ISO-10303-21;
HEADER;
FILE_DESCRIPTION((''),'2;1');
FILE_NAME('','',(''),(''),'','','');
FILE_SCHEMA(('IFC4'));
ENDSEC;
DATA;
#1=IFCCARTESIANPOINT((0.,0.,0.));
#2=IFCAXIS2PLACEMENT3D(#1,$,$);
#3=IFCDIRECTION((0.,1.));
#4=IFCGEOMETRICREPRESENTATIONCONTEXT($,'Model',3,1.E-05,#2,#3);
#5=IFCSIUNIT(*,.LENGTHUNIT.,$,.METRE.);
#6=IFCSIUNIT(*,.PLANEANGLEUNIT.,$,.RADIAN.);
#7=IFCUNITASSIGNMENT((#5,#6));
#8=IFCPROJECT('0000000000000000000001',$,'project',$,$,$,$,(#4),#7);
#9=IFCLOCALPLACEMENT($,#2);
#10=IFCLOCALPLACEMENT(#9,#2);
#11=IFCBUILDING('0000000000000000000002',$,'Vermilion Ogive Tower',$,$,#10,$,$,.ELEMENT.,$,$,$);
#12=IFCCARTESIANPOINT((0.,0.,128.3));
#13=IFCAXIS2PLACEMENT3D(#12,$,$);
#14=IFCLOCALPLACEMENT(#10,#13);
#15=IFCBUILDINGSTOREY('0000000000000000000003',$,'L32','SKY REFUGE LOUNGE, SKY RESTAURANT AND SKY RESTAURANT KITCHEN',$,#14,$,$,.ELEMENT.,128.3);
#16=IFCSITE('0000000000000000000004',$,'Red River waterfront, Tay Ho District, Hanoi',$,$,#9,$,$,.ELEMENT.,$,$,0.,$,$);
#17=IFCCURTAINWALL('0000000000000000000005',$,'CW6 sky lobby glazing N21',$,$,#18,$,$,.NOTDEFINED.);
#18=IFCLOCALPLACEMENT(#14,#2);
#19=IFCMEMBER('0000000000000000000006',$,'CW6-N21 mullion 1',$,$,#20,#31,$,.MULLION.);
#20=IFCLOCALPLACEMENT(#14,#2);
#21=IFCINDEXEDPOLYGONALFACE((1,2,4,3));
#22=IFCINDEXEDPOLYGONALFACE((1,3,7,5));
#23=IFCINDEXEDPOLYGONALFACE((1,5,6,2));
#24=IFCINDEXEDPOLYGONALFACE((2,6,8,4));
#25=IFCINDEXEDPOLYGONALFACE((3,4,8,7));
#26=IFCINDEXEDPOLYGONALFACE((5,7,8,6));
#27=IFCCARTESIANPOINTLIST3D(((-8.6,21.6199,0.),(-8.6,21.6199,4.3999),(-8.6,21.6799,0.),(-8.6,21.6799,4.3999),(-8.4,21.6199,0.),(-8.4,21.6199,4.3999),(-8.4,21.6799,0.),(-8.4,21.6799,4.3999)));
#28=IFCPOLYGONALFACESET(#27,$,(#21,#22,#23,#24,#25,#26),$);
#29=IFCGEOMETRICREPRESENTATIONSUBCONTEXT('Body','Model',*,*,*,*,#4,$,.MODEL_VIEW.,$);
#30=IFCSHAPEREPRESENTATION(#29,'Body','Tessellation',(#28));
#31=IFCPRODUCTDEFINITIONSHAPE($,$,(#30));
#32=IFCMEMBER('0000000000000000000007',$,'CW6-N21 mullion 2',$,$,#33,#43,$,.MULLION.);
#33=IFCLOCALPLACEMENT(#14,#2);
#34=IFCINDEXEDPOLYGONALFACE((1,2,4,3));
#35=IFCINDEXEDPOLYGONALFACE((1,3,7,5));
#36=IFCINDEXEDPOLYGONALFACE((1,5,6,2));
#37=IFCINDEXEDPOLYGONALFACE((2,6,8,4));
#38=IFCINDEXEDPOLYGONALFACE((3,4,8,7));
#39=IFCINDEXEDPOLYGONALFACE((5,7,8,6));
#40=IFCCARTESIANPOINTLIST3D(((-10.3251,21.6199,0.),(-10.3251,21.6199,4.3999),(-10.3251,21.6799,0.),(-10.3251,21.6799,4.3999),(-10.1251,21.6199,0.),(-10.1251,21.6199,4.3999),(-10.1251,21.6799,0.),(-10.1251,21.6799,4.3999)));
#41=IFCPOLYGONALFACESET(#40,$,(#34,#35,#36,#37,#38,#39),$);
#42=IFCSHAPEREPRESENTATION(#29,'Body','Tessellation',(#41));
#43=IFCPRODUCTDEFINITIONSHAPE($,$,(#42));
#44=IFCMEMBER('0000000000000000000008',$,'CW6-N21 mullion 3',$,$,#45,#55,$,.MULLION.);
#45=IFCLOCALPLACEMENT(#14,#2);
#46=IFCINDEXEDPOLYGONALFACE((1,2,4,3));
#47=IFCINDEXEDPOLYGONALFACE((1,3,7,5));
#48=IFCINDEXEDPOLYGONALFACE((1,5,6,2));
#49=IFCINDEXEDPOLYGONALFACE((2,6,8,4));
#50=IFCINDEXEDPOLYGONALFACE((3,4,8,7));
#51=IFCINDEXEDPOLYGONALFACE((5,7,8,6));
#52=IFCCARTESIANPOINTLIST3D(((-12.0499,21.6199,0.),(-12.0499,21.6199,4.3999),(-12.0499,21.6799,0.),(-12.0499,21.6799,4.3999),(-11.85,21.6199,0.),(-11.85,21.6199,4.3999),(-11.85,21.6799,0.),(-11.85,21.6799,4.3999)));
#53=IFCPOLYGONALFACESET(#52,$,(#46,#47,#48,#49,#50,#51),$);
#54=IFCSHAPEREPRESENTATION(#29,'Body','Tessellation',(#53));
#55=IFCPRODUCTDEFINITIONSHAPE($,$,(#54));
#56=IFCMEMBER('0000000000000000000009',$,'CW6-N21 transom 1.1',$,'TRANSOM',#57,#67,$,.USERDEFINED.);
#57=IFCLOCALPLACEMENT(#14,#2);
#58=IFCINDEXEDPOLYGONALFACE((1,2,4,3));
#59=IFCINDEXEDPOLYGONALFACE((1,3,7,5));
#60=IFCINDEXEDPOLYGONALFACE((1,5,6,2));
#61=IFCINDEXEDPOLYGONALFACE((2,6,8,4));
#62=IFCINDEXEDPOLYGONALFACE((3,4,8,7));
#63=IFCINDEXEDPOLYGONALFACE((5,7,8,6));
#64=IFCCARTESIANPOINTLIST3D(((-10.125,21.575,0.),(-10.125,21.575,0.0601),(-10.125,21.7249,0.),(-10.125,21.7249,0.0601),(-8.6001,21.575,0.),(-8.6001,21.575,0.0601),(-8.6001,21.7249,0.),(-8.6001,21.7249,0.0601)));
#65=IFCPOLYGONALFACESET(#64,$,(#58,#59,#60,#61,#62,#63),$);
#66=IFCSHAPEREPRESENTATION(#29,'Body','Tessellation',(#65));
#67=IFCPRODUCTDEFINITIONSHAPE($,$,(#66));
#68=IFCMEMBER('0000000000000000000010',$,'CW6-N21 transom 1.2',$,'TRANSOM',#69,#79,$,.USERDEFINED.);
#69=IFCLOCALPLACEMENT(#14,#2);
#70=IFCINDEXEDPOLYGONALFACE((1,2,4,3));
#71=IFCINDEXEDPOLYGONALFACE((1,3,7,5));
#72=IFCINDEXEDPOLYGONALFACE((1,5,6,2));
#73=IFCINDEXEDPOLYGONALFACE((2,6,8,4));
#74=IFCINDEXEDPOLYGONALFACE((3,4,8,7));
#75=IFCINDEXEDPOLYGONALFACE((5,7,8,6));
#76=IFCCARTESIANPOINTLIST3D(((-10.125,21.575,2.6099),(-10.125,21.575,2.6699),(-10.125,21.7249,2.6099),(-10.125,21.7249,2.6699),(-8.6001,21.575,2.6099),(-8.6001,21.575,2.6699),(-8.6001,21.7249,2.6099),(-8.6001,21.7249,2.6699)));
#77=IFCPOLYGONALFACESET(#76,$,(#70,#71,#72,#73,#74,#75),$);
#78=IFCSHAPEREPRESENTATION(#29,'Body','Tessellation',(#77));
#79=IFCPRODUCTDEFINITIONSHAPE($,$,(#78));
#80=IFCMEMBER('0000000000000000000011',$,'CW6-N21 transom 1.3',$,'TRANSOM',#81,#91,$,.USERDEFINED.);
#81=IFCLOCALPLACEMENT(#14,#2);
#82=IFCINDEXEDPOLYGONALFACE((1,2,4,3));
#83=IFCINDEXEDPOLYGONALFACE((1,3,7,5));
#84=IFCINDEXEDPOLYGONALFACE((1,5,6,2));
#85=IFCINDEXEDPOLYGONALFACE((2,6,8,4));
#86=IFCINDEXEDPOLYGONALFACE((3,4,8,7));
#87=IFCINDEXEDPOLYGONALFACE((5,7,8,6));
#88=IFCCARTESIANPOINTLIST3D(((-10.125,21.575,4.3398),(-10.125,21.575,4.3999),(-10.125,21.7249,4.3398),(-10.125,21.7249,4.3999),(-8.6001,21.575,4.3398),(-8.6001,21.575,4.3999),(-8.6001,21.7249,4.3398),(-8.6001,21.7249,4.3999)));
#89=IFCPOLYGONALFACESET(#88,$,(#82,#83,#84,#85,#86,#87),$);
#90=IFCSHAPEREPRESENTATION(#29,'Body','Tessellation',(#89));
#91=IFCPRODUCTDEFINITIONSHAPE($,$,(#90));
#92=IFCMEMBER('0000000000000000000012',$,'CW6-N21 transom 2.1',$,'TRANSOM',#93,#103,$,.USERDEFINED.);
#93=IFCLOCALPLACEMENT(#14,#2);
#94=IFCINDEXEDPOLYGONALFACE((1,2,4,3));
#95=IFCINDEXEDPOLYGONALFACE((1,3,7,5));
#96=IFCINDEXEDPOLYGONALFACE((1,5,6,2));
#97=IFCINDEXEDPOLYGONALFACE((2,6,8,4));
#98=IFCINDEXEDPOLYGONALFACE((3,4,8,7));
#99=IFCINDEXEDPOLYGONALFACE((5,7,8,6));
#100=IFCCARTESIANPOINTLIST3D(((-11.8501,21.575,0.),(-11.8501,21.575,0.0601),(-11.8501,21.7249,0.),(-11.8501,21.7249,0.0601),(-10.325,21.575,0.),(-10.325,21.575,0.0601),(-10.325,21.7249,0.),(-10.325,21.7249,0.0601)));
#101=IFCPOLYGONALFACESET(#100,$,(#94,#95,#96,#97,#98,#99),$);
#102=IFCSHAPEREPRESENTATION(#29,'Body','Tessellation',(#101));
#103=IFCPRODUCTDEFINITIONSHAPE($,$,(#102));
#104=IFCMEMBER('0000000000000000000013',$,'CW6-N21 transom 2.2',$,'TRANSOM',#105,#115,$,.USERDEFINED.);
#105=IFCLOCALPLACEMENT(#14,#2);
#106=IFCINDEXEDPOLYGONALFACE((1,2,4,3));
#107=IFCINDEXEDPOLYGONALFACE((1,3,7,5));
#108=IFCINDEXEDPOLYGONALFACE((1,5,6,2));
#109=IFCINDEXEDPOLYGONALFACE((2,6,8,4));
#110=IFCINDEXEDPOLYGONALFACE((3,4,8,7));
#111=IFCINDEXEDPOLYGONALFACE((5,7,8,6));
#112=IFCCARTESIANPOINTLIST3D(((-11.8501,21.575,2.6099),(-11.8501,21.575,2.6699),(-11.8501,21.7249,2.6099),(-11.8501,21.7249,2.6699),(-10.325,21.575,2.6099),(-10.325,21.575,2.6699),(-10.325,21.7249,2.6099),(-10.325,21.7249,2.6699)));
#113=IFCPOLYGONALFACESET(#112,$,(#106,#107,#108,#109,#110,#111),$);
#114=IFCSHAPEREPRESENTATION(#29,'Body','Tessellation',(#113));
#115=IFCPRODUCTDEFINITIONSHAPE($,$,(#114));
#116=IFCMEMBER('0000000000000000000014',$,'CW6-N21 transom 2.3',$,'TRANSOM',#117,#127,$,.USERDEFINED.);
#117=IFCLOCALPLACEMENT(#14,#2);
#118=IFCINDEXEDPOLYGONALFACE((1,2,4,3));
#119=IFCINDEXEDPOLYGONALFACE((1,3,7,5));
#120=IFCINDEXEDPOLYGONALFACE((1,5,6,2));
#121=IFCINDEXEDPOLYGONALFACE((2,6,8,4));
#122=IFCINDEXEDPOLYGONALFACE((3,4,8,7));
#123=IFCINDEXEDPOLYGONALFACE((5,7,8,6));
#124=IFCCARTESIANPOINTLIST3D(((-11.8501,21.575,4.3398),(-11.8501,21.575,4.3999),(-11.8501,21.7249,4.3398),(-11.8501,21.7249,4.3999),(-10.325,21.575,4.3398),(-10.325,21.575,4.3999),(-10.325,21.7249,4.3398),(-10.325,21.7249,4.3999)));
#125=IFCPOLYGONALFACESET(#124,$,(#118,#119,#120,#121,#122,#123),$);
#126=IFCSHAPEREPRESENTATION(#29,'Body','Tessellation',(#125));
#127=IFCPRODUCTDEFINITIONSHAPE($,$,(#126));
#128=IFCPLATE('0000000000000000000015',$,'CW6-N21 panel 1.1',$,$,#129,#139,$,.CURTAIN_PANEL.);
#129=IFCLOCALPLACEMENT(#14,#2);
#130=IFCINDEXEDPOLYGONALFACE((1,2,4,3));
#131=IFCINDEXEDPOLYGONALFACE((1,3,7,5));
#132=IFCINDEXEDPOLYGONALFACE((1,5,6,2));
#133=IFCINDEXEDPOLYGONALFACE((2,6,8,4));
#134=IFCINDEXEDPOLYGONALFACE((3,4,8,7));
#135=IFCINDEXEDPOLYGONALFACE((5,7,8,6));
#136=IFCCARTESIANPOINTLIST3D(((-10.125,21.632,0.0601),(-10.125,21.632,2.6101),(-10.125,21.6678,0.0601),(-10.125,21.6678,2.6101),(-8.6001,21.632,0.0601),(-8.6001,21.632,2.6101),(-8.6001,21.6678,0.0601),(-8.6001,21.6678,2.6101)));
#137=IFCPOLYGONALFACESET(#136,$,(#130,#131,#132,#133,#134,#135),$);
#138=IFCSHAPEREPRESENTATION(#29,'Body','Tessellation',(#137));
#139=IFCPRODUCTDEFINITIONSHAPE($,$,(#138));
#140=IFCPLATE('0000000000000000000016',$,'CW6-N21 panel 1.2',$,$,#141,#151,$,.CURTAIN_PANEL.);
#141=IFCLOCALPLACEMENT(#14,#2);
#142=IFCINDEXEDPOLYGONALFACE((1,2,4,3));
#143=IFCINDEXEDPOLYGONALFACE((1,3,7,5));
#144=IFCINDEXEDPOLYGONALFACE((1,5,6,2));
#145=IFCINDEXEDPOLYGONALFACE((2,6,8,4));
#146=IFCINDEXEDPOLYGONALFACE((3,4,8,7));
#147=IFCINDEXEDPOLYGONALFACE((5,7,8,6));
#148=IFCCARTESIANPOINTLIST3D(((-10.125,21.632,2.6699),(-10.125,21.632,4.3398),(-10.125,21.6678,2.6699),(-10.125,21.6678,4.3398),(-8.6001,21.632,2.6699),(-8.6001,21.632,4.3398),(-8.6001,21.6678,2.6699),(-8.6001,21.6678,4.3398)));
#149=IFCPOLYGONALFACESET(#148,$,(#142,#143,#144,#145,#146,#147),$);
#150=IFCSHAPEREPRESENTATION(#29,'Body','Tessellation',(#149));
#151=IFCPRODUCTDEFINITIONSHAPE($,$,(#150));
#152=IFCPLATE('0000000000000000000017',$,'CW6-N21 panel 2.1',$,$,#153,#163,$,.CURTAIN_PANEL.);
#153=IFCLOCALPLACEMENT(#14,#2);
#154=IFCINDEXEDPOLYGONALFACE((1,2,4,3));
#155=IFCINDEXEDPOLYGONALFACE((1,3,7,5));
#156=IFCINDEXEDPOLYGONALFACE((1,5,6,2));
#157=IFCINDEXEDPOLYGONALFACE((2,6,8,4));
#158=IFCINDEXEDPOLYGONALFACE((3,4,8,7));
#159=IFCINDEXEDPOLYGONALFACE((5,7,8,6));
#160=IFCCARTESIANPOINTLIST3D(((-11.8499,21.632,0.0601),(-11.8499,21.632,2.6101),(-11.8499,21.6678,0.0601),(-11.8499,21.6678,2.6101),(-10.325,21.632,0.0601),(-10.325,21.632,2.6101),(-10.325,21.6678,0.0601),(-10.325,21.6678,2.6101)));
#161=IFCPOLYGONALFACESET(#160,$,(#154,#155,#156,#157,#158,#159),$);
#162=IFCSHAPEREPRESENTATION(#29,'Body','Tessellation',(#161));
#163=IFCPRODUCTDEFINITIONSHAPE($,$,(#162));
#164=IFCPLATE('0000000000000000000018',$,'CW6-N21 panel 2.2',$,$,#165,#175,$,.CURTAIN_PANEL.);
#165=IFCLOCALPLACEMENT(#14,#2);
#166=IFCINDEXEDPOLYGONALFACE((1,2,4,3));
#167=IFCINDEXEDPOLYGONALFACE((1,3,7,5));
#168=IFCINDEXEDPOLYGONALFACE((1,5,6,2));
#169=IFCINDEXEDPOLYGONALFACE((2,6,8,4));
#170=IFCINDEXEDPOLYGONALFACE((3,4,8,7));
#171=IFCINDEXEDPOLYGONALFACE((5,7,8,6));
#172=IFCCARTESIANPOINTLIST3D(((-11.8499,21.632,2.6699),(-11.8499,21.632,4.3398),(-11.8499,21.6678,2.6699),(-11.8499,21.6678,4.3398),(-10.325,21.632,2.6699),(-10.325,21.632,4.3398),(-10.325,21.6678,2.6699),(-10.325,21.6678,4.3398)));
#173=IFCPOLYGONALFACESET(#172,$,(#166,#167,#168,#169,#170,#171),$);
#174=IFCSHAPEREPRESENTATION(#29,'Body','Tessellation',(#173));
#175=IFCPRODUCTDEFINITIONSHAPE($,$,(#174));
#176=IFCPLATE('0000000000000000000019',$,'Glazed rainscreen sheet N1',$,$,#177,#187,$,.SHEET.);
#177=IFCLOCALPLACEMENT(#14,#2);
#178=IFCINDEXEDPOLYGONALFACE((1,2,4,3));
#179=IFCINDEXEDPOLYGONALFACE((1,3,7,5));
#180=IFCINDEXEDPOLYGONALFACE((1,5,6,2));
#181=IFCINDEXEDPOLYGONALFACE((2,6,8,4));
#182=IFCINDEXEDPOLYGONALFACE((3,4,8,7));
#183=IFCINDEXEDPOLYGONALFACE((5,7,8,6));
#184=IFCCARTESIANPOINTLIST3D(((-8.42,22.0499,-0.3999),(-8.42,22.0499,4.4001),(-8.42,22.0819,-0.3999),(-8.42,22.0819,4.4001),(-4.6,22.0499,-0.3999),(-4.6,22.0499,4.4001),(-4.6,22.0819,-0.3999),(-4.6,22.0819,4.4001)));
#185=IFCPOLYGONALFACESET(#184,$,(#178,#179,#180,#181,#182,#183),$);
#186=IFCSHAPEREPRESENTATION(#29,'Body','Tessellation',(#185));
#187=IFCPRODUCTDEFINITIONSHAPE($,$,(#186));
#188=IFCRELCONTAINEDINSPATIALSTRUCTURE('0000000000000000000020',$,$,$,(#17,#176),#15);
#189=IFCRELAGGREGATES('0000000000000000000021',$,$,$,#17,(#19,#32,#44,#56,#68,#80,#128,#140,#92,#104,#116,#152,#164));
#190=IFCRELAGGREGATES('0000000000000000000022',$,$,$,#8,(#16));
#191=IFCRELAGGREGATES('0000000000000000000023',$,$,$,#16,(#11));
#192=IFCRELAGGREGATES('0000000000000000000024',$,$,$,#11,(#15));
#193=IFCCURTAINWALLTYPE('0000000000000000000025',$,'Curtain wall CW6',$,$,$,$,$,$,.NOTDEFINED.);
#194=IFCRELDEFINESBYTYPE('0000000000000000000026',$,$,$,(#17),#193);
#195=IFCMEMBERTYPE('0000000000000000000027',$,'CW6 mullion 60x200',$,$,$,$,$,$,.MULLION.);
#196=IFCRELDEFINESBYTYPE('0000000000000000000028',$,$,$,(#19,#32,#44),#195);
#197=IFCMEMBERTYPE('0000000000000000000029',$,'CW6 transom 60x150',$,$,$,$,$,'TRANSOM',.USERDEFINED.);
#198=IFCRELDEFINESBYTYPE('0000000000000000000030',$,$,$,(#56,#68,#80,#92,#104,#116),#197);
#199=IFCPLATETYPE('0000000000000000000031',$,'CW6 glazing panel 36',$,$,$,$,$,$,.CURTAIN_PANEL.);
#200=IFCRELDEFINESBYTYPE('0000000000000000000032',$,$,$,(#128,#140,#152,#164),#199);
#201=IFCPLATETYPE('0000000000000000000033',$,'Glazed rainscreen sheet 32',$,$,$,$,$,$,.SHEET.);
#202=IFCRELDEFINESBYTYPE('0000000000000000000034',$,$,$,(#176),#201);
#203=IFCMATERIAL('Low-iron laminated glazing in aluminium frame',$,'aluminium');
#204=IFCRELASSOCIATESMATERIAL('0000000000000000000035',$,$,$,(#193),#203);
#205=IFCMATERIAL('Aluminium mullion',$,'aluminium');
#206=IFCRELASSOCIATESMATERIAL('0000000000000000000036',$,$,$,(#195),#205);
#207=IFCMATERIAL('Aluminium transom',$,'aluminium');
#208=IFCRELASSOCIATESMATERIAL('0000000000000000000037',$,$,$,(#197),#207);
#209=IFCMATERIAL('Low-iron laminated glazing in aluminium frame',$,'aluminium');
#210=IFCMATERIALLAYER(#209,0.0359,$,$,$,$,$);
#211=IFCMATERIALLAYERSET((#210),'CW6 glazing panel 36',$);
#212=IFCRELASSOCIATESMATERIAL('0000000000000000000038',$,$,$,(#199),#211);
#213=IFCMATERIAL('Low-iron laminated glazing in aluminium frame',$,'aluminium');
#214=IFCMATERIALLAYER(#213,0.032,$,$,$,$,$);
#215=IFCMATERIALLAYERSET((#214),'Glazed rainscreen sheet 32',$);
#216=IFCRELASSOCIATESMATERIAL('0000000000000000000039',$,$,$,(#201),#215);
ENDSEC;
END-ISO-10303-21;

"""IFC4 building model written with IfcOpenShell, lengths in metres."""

from ifc_helpers import new_model, si_unit, direction, frame, origin, origin_2d, place, context, subcontext, project, spatial, rectangle, extrude, material, layer, layer_set, material_profile, profile_set, type_object, element, aggregate, save


model = new_model("IFC4")

# Units and contexts
model_context = context("Model", 3, precision=1e-05, world=origin(), true_north=direction((0.0, 1.0)))
body_context = subcontext(model_context, "Body", "Model", "MODEL_VIEW")
ifc_project = project(units=[si_unit("LENGTHUNIT", "METRE"), si_unit("PLANEANGLEUNIT", "RADIAN")], contexts=[model_context])

# Site, building, storey
site_placement = place(None, origin())
site = spatial("IfcSite", under=ifc_project, at=site_placement, Name="Red River waterfront, Tay Ho District, Hanoi", CompositionType="ELEMENT", RefElevation=0.0)
building_placement = place(site_placement, origin())
building = spatial("IfcBuilding", under=site, at=building_placement, Name="Vermilion Ogive Tower", CompositionType="ELEMENT")
storey_placement = place(building_placement, frame((0.0, 0.0, 128.3)))
storey = spatial("IfcBuildingStorey", under=building, at=storey_placement, Name="L32", Description="SKY REFUGE LOUNGE, SKY RESTAURANT AND SKY RESTAURANT KITCHEN", CompositionType="ELEMENT", Elevation=128.3)

# Curtain wall, members, plates
ifc_material_1 = material(Name="Low-iron laminated glazing in aluminium frame", Category="aluminium")
curtain_wall_type = type_object("IfcCurtainWallType", Name="Curtain wall CW6", PredefinedType="NOTDEFINED", material=ifc_material_1)
curtain_wall_placement = place(storey_placement, origin())
curtain_wall = element("IfcCurtainWall", 1, at=curtain_wall_placement, inside=storey, type_object=curtain_wall_type, Name="CW6 sky lobby glazing N21", PredefinedType="NOTDEFINED")
ifc_material_2 = material(Name="Aluminium mullion", Category="aluminium")
ifc_material_profile_1 = material_profile(ifc_material_2, rectangle(XDim=0.0601, YDim=0.2, at=origin_2d()), Name="AL 60x200")
ifc_profile_set_1 = profile_set([ifc_material_profile_1], Name="Aluminium mullion")
member_type_1 = type_object("IfcMemberType", Name="CW6 mullion 60x200", PredefinedType="MULLION", material=ifc_profile_set_1)
member_1_placement = place(storey_placement, frame((-8.5, 21.6499, 0.0), z_axis=(0.0, 0.0, 1.0), x_axis=(0.0, -1.0, 0.0)))
member_1 = element("IfcMember", 2, at=member_1_placement, type_object=member_type_1, Name="CW6-N21 mullion 1", PredefinedType="MULLION", context=body_context, shape_type="SweptSolid", body=[
    extrude(rectangle(XDim=0.0601, YDim=0.2, at=origin_2d()), origin(), (0.0, 0.0, 1.0), 4.3999),
])
member_2_placement = place(storey_placement, frame((-10.2251, 21.6499, 0.0), z_axis=(0.0, 0.0, 1.0), x_axis=(0.0, -1.0, 0.0)))
member_2 = element("IfcMember", 3, at=member_2_placement, type_object=member_type_1, Name="CW6-N21 mullion 2", PredefinedType="MULLION", context=body_context, shape_type="SweptSolid", body=[
    extrude(rectangle(XDim=0.0601, YDim=0.2, at=origin_2d()), origin(), (0.0, 0.0, 1.0), 4.3999),
])
member_3_placement = place(storey_placement, frame((-11.95, 21.6499, 0.0), z_axis=(0.0, 0.0, 1.0), x_axis=(0.0, -1.0, 0.0)))
member_3 = element("IfcMember", 4, at=member_3_placement, type_object=member_type_1, Name="CW6-N21 mullion 3", PredefinedType="MULLION", context=body_context, shape_type="SweptSolid", body=[
    extrude(rectangle(XDim=0.0601, YDim=0.2, at=origin_2d()), origin(), (0.0, 0.0, 1.0), 4.3999),
])
ifc_material_3 = material(Name="Aluminium transom", Category="aluminium")
ifc_material_profile_2 = material_profile(ifc_material_3, rectangle(XDim=0.1499, YDim=0.0601, at=origin_2d()), Name="AL 60x150")
ifc_profile_set_2 = profile_set([ifc_material_profile_2], Name="Aluminium transom")
member_type_2 = type_object("IfcMemberType", Name="CW6 transom 60x150", ElementType="TRANSOM", PredefinedType="USERDEFINED", material=ifc_profile_set_2)
member_4_placement = place(storey_placement, frame((-8.6001, 21.6499, 0.03), z_axis=(-1.0, 0.0, 0.0), x_axis=(0.0, -1.0, 0.0)))
member_4 = element("IfcMember", 5, at=member_4_placement, type_object=member_type_2, Name="CW6-N21 transom 1.1", ObjectType="TRANSOM", PredefinedType="USERDEFINED", context=body_context, shape_type="SweptSolid", body=[
    extrude(rectangle(XDim=0.1499, YDim=0.0601, at=origin_2d()), origin(), (0.0, 0.0, 1.0), 1.5249),
])
member_5_placement = place(storey_placement, frame((-8.6001, 21.6499, 2.6399), z_axis=(-1.0, 0.0, 0.0), x_axis=(0.0, -1.0, 0.0)))
member_5 = element("IfcMember", 6, at=member_5_placement, type_object=member_type_2, Name="CW6-N21 transom 1.2", ObjectType="TRANSOM", PredefinedType="USERDEFINED", context=body_context, shape_type="SweptSolid", body=[
    extrude(rectangle(XDim=0.1499, YDim=0.0601, at=origin_2d()), origin(), (0.0, 0.0, 1.0), 1.5249),
])
member_6_placement = place(storey_placement, frame((-8.6001, 21.6499, 4.3699), z_axis=(-1.0, 0.0, 0.0), x_axis=(0.0, -1.0, 0.0)))
member_6 = element("IfcMember", 7, at=member_6_placement, type_object=member_type_2, Name="CW6-N21 transom 1.3", ObjectType="TRANSOM", PredefinedType="USERDEFINED", context=body_context, shape_type="SweptSolid", body=[
    extrude(rectangle(XDim=0.1499, YDim=0.0601, at=origin_2d()), origin(), (0.0, 0.0, 1.0), 1.5249),
])
member_7_placement = place(storey_placement, frame((-10.325, 21.6499, 0.03), z_axis=(-1.0, 0.0, 0.0), x_axis=(0.0, -1.0, 0.0)))
member_7 = element("IfcMember", 8, at=member_7_placement, type_object=member_type_2, Name="CW6-N21 transom 2.1", ObjectType="TRANSOM", PredefinedType="USERDEFINED", context=body_context, shape_type="SweptSolid", body=[
    extrude(rectangle(XDim=0.1499, YDim=0.0601, at=origin_2d()), origin(), (0.0, 0.0, 1.0), 1.5251),
])
member_8_placement = place(storey_placement, frame((-10.325, 21.6499, 2.6399), z_axis=(-1.0, 0.0, 0.0), x_axis=(0.0, -1.0, 0.0)))
member_8 = element("IfcMember", 9, at=member_8_placement, type_object=member_type_2, Name="CW6-N21 transom 2.2", ObjectType="TRANSOM", PredefinedType="USERDEFINED", context=body_context, shape_type="SweptSolid", body=[
    extrude(rectangle(XDim=0.1499, YDim=0.0601, at=origin_2d()), origin(), (0.0, 0.0, 1.0), 1.5251),
])
member_9_placement = place(storey_placement, frame((-10.325, 21.6499, 4.3699), z_axis=(-1.0, 0.0, 0.0), x_axis=(0.0, -1.0, 0.0)))
member_9 = element("IfcMember", 10, at=member_9_placement, type_object=member_type_2, Name="CW6-N21 transom 2.3", ObjectType="TRANSOM", PredefinedType="USERDEFINED", context=body_context, shape_type="SweptSolid", body=[
    extrude(rectangle(XDim=0.1499, YDim=0.0601, at=origin_2d()), origin(), (0.0, 0.0, 1.0), 1.5251),
])
ifc_material_4 = material(Name="Low-iron laminated glazing in aluminium frame", Category="aluminium")
ifc_layer_1 = layer(ifc_material_4, 0.0359)
ifc_layer_set_1 = layer_set([ifc_layer_1], Name="CW6 glazing panel 36")
plate_type_1 = type_object("IfcPlateType", Name="CW6 glazing panel 36", PredefinedType="CURTAIN_PANEL", material=ifc_layer_set_1)
plate_1_placement = place(storey_placement, frame((-9.3625, 21.6499, 0.0601), z_axis=(0.0, 0.0, 1.0), x_axis=(-1.0, 0.0, 0.0)))
plate_1 = element("IfcPlate", 11, at=plate_1_placement, type_object=plate_type_1, Name="CW6-N21 panel 1.1", PredefinedType="CURTAIN_PANEL", context=body_context, shape_type="SweptSolid", body=[
    extrude(rectangle(XDim=1.5249, YDim=0.0359, at=origin_2d()), origin(), (0.0, 0.0, 1.0), 2.55),
])
plate_2_placement = place(storey_placement, frame((-9.3625, 21.6499, 2.6699), z_axis=(0.0, 0.0, 1.0), x_axis=(-1.0, 0.0, 0.0)))
plate_2 = element("IfcPlate", 12, at=plate_2_placement, type_object=plate_type_1, Name="CW6-N21 panel 1.2", PredefinedType="CURTAIN_PANEL", context=body_context, shape_type="SweptSolid", body=[
    extrude(rectangle(XDim=1.5249, YDim=0.0359, at=origin_2d()), origin(), (0.0, 0.0, 1.0), 1.6699),
])
plate_3_placement = place(storey_placement, frame((-11.0874, 21.6499, 0.0601), z_axis=(0.0, 0.0, 1.0), x_axis=(-1.0, 0.0, 0.0)))
plate_3 = element("IfcPlate", 13, at=plate_3_placement, type_object=plate_type_1, Name="CW6-N21 panel 2.1", PredefinedType="CURTAIN_PANEL", context=body_context, shape_type="SweptSolid", body=[
    extrude(rectangle(XDim=1.5249, YDim=0.0359, at=origin_2d()), origin(), (0.0, 0.0, 1.0), 2.55),
])
plate_4_placement = place(storey_placement, frame((-11.0874, 21.6499, 2.6699), z_axis=(0.0, 0.0, 1.0), x_axis=(-1.0, 0.0, 0.0)))
plate_4 = element("IfcPlate", 14, at=plate_4_placement, type_object=plate_type_1, Name="CW6-N21 panel 2.2", PredefinedType="CURTAIN_PANEL", context=body_context, shape_type="SweptSolid", body=[
    extrude(rectangle(XDim=1.5249, YDim=0.0359, at=origin_2d()), origin(), (0.0, 0.0, 1.0), 1.6699),
])
aggregate(curtain_wall, [member_1, member_2, member_3, member_4, member_5, member_6, plate_1, plate_2, member_7, member_8, member_9, plate_3, plate_4])

# Plate
ifc_material_5 = material(Name="Low-iron laminated glazing in aluminium frame", Category="aluminium")
ifc_layer_2 = layer(ifc_material_5, 0.032)
ifc_layer_set_2 = layer_set([ifc_layer_2], Name="Glazed rainscreen sheet 32")
plate_type_2 = type_object("IfcPlateType", Name="Glazed rainscreen sheet 32", PredefinedType="SHEET", material=ifc_layer_set_2)
plate_5_placement = place(storey_placement, frame((-6.51, 22.0659, -0.3999), z_axis=(0.0, 0.0, 1.0), x_axis=(1.0, 0.0, 0.0)))
element("IfcPlate", 15, at=plate_5_placement, inside=storey, type_object=plate_type_2, Name="Glazed rainscreen sheet N1", PredefinedType="SHEET", context=body_context, shape_type="SweptSolid", body=[
    extrude(rectangle(XDim=3.8201, YDim=0.032, at=origin_2d()), origin(), (0.0, 0.0, 1.0), 4.8),
])

save(model, "model.ifc")
